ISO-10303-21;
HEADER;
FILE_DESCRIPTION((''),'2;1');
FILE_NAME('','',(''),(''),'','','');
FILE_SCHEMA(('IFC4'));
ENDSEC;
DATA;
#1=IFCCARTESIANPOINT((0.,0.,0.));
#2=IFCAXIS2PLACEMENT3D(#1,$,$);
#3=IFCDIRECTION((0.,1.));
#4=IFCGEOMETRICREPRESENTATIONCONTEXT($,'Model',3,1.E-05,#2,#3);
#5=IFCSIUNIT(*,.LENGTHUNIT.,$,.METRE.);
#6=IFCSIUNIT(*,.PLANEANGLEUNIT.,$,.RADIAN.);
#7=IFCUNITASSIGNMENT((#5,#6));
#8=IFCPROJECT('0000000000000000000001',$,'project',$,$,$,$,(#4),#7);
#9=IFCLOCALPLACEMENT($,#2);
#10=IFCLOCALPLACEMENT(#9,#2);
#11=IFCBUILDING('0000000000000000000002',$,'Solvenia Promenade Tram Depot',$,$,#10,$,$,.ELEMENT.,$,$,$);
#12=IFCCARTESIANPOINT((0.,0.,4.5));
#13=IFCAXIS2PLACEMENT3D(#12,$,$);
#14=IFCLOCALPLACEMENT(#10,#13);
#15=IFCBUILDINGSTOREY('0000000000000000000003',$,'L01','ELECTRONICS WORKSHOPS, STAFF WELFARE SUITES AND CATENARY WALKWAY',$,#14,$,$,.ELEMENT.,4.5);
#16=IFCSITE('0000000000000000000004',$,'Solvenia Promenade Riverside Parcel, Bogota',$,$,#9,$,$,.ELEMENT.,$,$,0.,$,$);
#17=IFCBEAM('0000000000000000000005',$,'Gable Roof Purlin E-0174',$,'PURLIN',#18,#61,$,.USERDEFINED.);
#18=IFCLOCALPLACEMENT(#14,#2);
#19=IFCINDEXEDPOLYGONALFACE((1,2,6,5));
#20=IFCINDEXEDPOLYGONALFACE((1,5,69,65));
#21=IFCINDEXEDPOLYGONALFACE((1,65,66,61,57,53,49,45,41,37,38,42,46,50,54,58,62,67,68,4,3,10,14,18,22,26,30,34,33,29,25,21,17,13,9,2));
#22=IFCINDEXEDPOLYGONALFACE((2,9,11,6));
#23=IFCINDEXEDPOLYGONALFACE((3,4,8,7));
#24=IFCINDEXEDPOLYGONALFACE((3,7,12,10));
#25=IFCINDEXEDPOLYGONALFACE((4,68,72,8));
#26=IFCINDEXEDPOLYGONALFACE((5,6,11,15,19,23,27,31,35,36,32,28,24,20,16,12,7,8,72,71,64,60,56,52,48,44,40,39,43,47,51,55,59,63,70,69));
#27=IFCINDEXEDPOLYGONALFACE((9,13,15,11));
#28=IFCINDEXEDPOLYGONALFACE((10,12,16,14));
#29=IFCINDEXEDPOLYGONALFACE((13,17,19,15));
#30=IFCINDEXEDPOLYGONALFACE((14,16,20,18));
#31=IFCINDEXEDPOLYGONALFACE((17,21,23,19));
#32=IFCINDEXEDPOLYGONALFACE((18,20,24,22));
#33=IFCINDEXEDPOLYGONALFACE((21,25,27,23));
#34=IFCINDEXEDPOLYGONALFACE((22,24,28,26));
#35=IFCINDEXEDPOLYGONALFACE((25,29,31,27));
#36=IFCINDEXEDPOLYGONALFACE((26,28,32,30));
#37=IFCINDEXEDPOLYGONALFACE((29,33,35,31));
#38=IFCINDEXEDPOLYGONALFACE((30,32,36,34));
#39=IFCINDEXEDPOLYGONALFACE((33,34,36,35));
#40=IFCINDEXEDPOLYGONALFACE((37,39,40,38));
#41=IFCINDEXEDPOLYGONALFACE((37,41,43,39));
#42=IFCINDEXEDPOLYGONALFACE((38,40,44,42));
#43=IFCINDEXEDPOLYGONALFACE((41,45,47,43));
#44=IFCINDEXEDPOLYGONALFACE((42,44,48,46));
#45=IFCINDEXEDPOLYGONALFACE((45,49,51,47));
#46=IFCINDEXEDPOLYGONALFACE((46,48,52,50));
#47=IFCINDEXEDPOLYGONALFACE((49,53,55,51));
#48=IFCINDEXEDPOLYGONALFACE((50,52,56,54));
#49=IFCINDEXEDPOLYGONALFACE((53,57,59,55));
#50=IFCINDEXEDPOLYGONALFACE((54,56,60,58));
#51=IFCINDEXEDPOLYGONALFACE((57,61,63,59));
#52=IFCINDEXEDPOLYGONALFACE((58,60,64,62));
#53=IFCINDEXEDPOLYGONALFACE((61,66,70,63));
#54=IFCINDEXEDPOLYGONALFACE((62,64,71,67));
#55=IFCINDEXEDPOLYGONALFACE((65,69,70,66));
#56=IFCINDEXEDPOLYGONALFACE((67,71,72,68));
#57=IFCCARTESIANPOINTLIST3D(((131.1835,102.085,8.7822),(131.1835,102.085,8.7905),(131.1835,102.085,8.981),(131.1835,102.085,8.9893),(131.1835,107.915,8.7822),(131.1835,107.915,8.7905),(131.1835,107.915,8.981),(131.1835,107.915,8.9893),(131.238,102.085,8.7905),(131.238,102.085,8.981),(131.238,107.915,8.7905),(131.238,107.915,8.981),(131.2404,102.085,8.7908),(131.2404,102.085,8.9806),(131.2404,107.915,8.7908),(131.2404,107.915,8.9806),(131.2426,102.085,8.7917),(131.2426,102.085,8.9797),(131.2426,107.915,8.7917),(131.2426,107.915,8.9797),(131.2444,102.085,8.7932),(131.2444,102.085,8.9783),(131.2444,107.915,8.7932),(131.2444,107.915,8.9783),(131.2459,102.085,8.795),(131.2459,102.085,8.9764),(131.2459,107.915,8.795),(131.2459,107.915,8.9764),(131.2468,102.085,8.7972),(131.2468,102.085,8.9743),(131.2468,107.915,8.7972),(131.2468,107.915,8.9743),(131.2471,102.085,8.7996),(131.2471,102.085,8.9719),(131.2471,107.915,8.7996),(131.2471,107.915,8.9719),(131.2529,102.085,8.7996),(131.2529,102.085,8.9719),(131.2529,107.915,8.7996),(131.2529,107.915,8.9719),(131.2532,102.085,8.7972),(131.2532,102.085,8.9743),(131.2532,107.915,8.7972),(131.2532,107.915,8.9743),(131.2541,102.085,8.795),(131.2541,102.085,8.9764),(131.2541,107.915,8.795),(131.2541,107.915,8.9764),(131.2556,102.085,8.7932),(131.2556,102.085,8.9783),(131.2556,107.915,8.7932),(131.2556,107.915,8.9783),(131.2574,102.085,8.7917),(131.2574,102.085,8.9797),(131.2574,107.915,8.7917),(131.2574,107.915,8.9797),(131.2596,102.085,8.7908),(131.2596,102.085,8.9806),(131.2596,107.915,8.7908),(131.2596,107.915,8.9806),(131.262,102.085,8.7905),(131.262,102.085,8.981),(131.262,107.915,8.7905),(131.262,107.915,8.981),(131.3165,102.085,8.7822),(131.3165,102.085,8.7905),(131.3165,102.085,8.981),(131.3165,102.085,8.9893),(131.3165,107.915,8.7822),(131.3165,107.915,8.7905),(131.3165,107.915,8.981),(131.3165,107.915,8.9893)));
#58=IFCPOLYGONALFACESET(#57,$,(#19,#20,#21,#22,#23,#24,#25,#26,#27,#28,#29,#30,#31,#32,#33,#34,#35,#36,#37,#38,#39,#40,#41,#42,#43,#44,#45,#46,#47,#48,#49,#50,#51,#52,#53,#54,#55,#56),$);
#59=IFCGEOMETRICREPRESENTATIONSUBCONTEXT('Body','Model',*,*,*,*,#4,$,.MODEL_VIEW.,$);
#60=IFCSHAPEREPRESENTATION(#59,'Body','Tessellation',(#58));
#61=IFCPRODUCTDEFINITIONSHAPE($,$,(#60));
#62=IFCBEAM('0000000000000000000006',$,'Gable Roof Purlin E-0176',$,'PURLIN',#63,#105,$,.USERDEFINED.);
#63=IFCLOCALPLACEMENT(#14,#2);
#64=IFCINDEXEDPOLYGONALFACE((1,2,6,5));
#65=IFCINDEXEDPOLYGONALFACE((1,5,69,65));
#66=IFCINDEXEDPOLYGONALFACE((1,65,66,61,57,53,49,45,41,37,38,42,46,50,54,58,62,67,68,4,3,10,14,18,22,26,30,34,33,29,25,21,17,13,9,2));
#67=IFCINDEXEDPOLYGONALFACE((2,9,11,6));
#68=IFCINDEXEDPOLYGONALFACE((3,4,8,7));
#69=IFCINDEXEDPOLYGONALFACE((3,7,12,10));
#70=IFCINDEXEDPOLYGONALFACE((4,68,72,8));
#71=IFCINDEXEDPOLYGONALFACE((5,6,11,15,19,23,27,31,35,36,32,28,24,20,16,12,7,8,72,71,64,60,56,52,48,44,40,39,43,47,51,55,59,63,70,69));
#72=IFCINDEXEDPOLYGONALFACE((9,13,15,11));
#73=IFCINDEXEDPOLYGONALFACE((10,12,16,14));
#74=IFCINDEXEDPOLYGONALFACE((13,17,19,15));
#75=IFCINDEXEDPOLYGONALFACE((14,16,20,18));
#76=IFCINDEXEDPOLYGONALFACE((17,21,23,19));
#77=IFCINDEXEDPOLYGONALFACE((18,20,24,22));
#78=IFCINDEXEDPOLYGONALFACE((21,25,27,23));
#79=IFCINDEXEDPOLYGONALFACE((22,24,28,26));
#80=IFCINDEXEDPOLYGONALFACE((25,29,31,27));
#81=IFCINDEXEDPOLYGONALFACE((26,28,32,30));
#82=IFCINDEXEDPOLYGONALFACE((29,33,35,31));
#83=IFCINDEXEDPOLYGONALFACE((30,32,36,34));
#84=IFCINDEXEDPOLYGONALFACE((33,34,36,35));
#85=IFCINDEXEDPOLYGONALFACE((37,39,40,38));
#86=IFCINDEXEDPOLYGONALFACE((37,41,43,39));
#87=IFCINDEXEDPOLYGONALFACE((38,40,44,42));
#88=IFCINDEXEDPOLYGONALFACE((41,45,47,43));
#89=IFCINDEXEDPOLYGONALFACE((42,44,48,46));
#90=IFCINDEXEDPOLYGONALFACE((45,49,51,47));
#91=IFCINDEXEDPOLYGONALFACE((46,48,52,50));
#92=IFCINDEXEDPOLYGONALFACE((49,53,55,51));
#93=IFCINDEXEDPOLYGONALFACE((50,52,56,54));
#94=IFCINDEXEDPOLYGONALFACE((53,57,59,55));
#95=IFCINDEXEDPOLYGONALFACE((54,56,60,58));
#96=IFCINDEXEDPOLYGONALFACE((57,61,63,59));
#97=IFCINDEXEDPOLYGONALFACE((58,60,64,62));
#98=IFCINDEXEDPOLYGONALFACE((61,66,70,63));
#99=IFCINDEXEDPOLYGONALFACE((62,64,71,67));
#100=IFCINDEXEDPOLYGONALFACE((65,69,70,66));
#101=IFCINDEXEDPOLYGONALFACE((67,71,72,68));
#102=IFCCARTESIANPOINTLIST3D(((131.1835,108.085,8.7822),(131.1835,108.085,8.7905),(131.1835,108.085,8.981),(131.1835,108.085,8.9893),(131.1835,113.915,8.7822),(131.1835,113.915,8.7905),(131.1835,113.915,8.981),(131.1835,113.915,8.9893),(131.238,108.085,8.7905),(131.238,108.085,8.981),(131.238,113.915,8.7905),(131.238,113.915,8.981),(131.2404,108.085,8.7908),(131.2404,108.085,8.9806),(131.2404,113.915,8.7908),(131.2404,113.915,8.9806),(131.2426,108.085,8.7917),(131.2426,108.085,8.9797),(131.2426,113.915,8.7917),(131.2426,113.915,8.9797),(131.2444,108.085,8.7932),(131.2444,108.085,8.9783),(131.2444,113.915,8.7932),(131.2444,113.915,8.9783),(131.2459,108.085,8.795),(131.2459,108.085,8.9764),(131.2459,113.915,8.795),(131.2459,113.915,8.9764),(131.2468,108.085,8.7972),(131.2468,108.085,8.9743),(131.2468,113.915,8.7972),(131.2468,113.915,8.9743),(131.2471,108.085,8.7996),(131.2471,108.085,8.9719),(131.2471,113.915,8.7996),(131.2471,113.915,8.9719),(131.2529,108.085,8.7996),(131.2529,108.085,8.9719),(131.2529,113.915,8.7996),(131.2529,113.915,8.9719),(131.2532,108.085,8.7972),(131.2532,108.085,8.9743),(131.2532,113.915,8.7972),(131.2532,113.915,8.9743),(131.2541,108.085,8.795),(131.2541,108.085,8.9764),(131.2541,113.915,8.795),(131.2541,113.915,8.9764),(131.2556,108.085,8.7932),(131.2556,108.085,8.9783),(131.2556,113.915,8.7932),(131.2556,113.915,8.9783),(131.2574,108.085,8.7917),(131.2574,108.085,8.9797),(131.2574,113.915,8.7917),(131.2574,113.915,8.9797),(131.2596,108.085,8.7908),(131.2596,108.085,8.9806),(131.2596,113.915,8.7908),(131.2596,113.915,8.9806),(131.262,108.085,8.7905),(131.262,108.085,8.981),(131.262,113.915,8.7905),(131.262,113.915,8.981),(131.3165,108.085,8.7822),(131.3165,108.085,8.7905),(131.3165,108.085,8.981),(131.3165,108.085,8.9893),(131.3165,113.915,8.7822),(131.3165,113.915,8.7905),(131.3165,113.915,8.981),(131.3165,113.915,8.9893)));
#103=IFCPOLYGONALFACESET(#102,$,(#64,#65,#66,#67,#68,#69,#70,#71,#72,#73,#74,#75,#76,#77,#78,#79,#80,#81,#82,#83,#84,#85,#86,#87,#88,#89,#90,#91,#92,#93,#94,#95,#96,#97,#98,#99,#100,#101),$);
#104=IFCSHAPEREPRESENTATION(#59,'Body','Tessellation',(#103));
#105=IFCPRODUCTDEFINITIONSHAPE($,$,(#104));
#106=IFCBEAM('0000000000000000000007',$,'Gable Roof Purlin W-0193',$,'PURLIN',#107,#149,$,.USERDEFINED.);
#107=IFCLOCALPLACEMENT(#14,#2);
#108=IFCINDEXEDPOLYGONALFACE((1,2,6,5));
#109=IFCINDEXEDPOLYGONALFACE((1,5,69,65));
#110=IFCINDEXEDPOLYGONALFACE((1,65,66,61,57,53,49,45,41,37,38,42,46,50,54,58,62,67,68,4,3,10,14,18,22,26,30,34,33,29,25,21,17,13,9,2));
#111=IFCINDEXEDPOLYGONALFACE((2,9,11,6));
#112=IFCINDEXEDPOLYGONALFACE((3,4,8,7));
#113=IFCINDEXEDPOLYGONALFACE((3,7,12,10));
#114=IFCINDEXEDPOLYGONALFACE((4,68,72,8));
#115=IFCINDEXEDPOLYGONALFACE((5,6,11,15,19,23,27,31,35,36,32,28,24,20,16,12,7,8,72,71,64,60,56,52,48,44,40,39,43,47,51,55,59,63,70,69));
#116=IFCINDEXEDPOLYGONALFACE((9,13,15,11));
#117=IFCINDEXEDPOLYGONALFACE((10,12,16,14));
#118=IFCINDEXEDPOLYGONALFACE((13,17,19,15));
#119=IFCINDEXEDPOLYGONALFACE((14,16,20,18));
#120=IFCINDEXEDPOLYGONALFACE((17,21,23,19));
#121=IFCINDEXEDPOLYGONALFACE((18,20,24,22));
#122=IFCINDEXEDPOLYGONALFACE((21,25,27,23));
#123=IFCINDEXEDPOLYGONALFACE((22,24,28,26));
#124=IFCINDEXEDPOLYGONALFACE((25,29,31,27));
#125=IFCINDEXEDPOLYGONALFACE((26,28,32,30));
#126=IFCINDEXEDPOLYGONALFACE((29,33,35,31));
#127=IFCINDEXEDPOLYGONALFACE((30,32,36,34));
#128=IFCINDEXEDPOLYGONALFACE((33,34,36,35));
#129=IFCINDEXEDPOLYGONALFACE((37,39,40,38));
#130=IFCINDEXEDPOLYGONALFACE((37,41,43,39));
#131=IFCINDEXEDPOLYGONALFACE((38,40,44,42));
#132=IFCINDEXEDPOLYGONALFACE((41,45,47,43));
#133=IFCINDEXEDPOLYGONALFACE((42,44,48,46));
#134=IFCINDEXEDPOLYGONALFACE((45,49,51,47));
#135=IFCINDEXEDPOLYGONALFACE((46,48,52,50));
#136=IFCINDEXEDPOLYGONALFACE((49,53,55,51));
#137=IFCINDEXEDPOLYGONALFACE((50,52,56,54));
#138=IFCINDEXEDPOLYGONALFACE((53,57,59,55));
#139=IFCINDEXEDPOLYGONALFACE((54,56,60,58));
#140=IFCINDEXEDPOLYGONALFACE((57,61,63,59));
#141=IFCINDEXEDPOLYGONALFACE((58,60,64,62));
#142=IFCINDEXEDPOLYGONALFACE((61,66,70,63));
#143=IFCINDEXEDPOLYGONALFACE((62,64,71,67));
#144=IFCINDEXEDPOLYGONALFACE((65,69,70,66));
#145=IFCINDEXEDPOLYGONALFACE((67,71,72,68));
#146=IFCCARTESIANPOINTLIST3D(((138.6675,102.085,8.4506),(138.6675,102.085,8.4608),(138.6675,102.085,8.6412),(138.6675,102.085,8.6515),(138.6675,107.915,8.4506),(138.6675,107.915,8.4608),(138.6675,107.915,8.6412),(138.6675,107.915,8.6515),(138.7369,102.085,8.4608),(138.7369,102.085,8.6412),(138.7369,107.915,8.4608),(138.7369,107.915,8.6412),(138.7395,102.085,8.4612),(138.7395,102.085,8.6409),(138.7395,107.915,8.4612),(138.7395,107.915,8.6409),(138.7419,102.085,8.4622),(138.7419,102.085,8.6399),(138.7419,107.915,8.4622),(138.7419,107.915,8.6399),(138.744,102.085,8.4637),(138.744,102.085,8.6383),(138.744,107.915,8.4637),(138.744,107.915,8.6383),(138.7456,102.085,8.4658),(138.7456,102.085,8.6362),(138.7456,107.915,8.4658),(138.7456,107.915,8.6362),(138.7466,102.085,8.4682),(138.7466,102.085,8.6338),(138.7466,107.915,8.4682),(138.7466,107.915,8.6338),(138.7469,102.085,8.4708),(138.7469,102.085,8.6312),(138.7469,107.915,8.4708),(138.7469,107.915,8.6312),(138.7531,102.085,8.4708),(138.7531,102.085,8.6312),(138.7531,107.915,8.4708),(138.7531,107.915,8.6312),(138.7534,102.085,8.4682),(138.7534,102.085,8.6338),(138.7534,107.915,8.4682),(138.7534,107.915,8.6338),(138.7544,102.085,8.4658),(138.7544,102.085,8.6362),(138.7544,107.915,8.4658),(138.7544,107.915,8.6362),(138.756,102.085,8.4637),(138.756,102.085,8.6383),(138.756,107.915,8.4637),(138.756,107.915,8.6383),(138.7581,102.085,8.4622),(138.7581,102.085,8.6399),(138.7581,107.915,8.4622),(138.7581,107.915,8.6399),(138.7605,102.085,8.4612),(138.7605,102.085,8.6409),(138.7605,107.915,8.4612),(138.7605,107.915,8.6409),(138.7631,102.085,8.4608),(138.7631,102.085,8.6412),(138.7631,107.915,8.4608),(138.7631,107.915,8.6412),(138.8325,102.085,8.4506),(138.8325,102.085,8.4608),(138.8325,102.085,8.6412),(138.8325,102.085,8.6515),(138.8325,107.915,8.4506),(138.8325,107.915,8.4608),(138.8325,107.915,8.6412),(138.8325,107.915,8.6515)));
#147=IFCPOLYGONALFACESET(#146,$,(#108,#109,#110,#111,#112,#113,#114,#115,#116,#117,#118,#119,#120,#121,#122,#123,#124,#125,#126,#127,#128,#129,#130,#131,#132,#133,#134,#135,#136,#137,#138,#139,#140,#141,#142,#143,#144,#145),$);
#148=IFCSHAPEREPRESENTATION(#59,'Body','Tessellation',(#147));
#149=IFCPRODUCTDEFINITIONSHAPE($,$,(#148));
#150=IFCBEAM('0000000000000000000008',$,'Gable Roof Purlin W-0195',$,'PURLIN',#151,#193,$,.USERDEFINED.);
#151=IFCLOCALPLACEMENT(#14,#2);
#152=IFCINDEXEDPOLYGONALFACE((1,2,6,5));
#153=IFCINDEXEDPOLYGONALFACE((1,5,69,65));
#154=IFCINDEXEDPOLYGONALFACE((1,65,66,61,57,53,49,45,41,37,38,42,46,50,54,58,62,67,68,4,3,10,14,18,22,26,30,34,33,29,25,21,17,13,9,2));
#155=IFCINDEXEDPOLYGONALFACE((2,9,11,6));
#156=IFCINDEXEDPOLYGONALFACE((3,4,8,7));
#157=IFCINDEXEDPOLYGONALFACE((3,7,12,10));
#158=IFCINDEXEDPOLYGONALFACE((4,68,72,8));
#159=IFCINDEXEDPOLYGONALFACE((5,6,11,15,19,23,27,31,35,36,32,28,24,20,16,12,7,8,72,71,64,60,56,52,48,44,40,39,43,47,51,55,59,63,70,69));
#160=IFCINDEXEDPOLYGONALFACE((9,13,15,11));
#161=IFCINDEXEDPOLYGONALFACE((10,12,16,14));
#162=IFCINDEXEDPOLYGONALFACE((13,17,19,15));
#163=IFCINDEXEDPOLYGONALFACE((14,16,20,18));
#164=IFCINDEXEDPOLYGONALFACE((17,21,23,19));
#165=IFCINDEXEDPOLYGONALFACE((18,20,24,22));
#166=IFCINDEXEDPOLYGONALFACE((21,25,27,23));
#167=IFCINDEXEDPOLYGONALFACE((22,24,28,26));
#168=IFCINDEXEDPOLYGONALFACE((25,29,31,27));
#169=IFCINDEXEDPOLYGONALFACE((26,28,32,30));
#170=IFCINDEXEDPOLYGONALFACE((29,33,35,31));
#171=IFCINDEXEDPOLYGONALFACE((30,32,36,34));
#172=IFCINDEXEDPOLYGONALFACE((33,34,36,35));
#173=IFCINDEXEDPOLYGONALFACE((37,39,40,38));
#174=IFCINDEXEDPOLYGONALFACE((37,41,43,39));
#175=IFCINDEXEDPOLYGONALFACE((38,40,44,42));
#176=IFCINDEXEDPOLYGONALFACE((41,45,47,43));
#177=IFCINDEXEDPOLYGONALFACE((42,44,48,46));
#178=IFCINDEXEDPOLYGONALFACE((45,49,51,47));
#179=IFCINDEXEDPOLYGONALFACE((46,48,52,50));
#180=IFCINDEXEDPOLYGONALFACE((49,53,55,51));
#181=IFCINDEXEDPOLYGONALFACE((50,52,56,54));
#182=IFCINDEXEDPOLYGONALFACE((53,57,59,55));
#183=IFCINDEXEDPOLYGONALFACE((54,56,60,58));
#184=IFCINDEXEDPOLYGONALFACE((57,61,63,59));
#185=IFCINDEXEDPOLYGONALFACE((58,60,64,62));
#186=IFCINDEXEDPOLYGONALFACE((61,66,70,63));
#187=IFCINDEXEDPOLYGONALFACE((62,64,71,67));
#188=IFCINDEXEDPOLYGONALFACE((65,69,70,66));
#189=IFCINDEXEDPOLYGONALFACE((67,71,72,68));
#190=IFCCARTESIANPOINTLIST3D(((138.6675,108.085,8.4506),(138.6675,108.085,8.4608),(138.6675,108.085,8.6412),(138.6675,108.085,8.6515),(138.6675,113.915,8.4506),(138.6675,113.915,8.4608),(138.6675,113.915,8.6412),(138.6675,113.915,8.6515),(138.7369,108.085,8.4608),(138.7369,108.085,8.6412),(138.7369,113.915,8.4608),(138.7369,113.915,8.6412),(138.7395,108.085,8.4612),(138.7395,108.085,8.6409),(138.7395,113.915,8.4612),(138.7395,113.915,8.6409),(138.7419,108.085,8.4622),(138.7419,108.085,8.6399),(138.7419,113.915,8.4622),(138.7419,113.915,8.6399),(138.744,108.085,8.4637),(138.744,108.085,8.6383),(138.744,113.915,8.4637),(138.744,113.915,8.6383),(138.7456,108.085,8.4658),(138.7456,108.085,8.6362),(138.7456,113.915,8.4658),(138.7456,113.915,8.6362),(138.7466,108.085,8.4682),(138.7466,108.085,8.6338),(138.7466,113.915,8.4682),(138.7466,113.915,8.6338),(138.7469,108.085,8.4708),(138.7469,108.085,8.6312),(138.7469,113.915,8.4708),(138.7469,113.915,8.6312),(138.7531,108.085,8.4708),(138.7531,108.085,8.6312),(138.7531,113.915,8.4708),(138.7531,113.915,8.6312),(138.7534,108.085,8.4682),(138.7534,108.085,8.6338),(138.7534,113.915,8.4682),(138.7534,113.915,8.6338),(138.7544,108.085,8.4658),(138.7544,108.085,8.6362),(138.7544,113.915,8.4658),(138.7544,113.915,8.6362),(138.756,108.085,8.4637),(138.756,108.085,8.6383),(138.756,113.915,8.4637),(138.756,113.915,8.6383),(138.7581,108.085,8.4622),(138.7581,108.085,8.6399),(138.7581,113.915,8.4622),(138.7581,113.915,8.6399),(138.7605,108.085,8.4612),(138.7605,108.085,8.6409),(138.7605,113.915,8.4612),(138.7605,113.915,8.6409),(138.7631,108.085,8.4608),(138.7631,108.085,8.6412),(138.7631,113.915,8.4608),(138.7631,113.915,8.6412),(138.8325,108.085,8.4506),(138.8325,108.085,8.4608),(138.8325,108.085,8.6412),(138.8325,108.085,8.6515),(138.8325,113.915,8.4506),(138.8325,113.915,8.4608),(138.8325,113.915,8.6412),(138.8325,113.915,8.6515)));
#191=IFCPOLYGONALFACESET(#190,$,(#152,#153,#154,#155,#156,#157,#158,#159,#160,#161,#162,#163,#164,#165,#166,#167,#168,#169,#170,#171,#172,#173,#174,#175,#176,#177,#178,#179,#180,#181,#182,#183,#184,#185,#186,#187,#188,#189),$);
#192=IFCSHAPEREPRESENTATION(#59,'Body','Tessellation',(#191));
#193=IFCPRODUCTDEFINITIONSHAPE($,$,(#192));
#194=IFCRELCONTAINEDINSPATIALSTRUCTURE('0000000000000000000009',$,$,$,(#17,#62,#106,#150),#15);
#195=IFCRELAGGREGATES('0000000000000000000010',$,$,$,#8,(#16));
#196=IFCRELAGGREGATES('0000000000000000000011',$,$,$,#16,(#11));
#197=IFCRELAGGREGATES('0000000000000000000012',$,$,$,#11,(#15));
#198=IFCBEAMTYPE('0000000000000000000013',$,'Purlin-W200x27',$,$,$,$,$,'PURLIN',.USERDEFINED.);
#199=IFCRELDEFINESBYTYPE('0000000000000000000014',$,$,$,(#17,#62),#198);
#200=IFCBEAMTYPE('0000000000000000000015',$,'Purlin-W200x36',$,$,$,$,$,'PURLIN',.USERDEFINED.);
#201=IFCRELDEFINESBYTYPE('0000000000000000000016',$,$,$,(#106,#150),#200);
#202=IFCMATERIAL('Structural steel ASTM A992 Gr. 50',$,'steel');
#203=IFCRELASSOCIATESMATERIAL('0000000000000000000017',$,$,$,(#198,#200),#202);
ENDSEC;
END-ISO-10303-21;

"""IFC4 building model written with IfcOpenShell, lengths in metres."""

from ifc_helpers import new_model, si_unit, direction, frame, origin, origin_2d, place, context, subcontext, project, spatial, i_section, extrude, material, material_profile, profile_set, type_object, element, save


model = new_model("IFC4")

# Units and contexts
model_context = context("Model", 3, precision=1e-05, world=origin(), true_north=direction((0.0, 1.0)))
body_context = subcontext(model_context, "Body", "Model", "MODEL_VIEW")
ifc_project = project(units=[si_unit("LENGTHUNIT", "METRE"), si_unit("PLANEANGLEUNIT", "RADIAN")], contexts=[model_context])

# Site, building, storey
site_placement = place(None, origin())
site = spatial("IfcSite", under=ifc_project, at=site_placement, Name="Solvenia Promenade Riverside Parcel, Bogota", CompositionType="ELEMENT", RefElevation=0.0)
building_placement = place(site_placement, origin())
building = spatial("IfcBuilding", under=site, at=building_placement, Name="Solvenia Promenade Tram Depot", CompositionType="ELEMENT")
storey_placement = place(building_placement, frame((0.0, 0.0, 4.5)))
storey = spatial("IfcBuildingStorey", under=building, at=storey_placement, Name="L01", Description="ELECTRONICS WORKSHOPS, STAFF WELFARE SUITES AND CATENARY WALKWAY", CompositionType="ELEMENT", Elevation=4.5)

# Beams
ifc_material_1 = material(Name="Structural steel ASTM A992 Gr. 50", Category="steel")
ifc_material_profile_1 = material_profile(ifc_material_1, i_section(OverallWidth=0.1331, OverallDepth=0.207, WebThickness=0.0059, FlangeThickness=0.0083, FilletRadius=0.009, at=origin_2d()), Name="W200x27", Category="steel")
ifc_profile_set_1 = profile_set([ifc_material_profile_1], Name="Structural steel ASTM A992 Gr. 50")
beam_type_1 = type_object("IfcBeamType", Name="Purlin-W200x27", ElementType="PURLIN", PredefinedType="USERDEFINED", material=ifc_profile_set_1)
for number, where, z_axis, x_axis, name in (
    (1, (131.25, 102.085, 8.8857), (0.0, 1.0, 0.0), (-1.0, 0.0, 0.0), "Gable Roof Purlin E-0174"),
    (2, (131.25, 108.085, 8.8857), (0.0, 1.0, 0.0), (-1.0, 0.0, 0.0), "Gable Roof Purlin E-0176"),
):
    element("IfcBeam", number, at=place(storey_placement, frame(where, z_axis=z_axis, x_axis=x_axis)), inside=storey, type_object=beam_type_1, Name=name, ObjectType="PURLIN", PredefinedType="USERDEFINED", context=body_context, shape_type="SweptSolid", body=[
        extrude(i_section(OverallWidth=0.1331, OverallDepth=0.207, WebThickness=0.0059, FlangeThickness=0.0083, FilletRadius=0.009, at=origin_2d()), origin(), (0.0, 0.0, 1.0), 5.8301),
    ])
ifc_material_profile_2 = material_profile(ifc_material_1, i_section(OverallWidth=0.165, OverallDepth=0.2009, WebThickness=0.0061, FlangeThickness=0.0103, FilletRadius=0.01, at=origin_2d()), Name="W200x36", Category="steel")
ifc_profile_set_2 = profile_set([ifc_material_profile_2], Name="Structural steel ASTM A992 Gr. 50")
beam_type_2 = type_object("IfcBeamType", Name="Purlin-W200x36", ElementType="PURLIN", PredefinedType="USERDEFINED", material=ifc_profile_set_2)
for number, where, z_axis, x_axis, name in (
    (3, (138.75, 102.085, 8.551), (0.0, 1.0, 0.0), (-1.0, 0.0, 0.0), "Gable Roof Purlin W-0193"),
    (4, (138.75, 108.085, 8.551), (0.0, 1.0, 0.0), (-1.0, 0.0, 0.0), "Gable Roof Purlin W-0195"),
):
    element("IfcBeam", number, at=place(storey_placement, frame(where, z_axis=z_axis, x_axis=x_axis)), inside=storey, type_object=beam_type_2, Name=name, ObjectType="PURLIN", PredefinedType="USERDEFINED", context=body_context, shape_type="SweptSolid", body=[
        extrude(i_section(OverallWidth=0.165, OverallDepth=0.2009, WebThickness=0.0061, FlangeThickness=0.0103, FilletRadius=0.01, at=origin_2d()), origin(), (0.0, 0.0, 1.0), 5.8301),
    ])

save(model, "model.ifc")
